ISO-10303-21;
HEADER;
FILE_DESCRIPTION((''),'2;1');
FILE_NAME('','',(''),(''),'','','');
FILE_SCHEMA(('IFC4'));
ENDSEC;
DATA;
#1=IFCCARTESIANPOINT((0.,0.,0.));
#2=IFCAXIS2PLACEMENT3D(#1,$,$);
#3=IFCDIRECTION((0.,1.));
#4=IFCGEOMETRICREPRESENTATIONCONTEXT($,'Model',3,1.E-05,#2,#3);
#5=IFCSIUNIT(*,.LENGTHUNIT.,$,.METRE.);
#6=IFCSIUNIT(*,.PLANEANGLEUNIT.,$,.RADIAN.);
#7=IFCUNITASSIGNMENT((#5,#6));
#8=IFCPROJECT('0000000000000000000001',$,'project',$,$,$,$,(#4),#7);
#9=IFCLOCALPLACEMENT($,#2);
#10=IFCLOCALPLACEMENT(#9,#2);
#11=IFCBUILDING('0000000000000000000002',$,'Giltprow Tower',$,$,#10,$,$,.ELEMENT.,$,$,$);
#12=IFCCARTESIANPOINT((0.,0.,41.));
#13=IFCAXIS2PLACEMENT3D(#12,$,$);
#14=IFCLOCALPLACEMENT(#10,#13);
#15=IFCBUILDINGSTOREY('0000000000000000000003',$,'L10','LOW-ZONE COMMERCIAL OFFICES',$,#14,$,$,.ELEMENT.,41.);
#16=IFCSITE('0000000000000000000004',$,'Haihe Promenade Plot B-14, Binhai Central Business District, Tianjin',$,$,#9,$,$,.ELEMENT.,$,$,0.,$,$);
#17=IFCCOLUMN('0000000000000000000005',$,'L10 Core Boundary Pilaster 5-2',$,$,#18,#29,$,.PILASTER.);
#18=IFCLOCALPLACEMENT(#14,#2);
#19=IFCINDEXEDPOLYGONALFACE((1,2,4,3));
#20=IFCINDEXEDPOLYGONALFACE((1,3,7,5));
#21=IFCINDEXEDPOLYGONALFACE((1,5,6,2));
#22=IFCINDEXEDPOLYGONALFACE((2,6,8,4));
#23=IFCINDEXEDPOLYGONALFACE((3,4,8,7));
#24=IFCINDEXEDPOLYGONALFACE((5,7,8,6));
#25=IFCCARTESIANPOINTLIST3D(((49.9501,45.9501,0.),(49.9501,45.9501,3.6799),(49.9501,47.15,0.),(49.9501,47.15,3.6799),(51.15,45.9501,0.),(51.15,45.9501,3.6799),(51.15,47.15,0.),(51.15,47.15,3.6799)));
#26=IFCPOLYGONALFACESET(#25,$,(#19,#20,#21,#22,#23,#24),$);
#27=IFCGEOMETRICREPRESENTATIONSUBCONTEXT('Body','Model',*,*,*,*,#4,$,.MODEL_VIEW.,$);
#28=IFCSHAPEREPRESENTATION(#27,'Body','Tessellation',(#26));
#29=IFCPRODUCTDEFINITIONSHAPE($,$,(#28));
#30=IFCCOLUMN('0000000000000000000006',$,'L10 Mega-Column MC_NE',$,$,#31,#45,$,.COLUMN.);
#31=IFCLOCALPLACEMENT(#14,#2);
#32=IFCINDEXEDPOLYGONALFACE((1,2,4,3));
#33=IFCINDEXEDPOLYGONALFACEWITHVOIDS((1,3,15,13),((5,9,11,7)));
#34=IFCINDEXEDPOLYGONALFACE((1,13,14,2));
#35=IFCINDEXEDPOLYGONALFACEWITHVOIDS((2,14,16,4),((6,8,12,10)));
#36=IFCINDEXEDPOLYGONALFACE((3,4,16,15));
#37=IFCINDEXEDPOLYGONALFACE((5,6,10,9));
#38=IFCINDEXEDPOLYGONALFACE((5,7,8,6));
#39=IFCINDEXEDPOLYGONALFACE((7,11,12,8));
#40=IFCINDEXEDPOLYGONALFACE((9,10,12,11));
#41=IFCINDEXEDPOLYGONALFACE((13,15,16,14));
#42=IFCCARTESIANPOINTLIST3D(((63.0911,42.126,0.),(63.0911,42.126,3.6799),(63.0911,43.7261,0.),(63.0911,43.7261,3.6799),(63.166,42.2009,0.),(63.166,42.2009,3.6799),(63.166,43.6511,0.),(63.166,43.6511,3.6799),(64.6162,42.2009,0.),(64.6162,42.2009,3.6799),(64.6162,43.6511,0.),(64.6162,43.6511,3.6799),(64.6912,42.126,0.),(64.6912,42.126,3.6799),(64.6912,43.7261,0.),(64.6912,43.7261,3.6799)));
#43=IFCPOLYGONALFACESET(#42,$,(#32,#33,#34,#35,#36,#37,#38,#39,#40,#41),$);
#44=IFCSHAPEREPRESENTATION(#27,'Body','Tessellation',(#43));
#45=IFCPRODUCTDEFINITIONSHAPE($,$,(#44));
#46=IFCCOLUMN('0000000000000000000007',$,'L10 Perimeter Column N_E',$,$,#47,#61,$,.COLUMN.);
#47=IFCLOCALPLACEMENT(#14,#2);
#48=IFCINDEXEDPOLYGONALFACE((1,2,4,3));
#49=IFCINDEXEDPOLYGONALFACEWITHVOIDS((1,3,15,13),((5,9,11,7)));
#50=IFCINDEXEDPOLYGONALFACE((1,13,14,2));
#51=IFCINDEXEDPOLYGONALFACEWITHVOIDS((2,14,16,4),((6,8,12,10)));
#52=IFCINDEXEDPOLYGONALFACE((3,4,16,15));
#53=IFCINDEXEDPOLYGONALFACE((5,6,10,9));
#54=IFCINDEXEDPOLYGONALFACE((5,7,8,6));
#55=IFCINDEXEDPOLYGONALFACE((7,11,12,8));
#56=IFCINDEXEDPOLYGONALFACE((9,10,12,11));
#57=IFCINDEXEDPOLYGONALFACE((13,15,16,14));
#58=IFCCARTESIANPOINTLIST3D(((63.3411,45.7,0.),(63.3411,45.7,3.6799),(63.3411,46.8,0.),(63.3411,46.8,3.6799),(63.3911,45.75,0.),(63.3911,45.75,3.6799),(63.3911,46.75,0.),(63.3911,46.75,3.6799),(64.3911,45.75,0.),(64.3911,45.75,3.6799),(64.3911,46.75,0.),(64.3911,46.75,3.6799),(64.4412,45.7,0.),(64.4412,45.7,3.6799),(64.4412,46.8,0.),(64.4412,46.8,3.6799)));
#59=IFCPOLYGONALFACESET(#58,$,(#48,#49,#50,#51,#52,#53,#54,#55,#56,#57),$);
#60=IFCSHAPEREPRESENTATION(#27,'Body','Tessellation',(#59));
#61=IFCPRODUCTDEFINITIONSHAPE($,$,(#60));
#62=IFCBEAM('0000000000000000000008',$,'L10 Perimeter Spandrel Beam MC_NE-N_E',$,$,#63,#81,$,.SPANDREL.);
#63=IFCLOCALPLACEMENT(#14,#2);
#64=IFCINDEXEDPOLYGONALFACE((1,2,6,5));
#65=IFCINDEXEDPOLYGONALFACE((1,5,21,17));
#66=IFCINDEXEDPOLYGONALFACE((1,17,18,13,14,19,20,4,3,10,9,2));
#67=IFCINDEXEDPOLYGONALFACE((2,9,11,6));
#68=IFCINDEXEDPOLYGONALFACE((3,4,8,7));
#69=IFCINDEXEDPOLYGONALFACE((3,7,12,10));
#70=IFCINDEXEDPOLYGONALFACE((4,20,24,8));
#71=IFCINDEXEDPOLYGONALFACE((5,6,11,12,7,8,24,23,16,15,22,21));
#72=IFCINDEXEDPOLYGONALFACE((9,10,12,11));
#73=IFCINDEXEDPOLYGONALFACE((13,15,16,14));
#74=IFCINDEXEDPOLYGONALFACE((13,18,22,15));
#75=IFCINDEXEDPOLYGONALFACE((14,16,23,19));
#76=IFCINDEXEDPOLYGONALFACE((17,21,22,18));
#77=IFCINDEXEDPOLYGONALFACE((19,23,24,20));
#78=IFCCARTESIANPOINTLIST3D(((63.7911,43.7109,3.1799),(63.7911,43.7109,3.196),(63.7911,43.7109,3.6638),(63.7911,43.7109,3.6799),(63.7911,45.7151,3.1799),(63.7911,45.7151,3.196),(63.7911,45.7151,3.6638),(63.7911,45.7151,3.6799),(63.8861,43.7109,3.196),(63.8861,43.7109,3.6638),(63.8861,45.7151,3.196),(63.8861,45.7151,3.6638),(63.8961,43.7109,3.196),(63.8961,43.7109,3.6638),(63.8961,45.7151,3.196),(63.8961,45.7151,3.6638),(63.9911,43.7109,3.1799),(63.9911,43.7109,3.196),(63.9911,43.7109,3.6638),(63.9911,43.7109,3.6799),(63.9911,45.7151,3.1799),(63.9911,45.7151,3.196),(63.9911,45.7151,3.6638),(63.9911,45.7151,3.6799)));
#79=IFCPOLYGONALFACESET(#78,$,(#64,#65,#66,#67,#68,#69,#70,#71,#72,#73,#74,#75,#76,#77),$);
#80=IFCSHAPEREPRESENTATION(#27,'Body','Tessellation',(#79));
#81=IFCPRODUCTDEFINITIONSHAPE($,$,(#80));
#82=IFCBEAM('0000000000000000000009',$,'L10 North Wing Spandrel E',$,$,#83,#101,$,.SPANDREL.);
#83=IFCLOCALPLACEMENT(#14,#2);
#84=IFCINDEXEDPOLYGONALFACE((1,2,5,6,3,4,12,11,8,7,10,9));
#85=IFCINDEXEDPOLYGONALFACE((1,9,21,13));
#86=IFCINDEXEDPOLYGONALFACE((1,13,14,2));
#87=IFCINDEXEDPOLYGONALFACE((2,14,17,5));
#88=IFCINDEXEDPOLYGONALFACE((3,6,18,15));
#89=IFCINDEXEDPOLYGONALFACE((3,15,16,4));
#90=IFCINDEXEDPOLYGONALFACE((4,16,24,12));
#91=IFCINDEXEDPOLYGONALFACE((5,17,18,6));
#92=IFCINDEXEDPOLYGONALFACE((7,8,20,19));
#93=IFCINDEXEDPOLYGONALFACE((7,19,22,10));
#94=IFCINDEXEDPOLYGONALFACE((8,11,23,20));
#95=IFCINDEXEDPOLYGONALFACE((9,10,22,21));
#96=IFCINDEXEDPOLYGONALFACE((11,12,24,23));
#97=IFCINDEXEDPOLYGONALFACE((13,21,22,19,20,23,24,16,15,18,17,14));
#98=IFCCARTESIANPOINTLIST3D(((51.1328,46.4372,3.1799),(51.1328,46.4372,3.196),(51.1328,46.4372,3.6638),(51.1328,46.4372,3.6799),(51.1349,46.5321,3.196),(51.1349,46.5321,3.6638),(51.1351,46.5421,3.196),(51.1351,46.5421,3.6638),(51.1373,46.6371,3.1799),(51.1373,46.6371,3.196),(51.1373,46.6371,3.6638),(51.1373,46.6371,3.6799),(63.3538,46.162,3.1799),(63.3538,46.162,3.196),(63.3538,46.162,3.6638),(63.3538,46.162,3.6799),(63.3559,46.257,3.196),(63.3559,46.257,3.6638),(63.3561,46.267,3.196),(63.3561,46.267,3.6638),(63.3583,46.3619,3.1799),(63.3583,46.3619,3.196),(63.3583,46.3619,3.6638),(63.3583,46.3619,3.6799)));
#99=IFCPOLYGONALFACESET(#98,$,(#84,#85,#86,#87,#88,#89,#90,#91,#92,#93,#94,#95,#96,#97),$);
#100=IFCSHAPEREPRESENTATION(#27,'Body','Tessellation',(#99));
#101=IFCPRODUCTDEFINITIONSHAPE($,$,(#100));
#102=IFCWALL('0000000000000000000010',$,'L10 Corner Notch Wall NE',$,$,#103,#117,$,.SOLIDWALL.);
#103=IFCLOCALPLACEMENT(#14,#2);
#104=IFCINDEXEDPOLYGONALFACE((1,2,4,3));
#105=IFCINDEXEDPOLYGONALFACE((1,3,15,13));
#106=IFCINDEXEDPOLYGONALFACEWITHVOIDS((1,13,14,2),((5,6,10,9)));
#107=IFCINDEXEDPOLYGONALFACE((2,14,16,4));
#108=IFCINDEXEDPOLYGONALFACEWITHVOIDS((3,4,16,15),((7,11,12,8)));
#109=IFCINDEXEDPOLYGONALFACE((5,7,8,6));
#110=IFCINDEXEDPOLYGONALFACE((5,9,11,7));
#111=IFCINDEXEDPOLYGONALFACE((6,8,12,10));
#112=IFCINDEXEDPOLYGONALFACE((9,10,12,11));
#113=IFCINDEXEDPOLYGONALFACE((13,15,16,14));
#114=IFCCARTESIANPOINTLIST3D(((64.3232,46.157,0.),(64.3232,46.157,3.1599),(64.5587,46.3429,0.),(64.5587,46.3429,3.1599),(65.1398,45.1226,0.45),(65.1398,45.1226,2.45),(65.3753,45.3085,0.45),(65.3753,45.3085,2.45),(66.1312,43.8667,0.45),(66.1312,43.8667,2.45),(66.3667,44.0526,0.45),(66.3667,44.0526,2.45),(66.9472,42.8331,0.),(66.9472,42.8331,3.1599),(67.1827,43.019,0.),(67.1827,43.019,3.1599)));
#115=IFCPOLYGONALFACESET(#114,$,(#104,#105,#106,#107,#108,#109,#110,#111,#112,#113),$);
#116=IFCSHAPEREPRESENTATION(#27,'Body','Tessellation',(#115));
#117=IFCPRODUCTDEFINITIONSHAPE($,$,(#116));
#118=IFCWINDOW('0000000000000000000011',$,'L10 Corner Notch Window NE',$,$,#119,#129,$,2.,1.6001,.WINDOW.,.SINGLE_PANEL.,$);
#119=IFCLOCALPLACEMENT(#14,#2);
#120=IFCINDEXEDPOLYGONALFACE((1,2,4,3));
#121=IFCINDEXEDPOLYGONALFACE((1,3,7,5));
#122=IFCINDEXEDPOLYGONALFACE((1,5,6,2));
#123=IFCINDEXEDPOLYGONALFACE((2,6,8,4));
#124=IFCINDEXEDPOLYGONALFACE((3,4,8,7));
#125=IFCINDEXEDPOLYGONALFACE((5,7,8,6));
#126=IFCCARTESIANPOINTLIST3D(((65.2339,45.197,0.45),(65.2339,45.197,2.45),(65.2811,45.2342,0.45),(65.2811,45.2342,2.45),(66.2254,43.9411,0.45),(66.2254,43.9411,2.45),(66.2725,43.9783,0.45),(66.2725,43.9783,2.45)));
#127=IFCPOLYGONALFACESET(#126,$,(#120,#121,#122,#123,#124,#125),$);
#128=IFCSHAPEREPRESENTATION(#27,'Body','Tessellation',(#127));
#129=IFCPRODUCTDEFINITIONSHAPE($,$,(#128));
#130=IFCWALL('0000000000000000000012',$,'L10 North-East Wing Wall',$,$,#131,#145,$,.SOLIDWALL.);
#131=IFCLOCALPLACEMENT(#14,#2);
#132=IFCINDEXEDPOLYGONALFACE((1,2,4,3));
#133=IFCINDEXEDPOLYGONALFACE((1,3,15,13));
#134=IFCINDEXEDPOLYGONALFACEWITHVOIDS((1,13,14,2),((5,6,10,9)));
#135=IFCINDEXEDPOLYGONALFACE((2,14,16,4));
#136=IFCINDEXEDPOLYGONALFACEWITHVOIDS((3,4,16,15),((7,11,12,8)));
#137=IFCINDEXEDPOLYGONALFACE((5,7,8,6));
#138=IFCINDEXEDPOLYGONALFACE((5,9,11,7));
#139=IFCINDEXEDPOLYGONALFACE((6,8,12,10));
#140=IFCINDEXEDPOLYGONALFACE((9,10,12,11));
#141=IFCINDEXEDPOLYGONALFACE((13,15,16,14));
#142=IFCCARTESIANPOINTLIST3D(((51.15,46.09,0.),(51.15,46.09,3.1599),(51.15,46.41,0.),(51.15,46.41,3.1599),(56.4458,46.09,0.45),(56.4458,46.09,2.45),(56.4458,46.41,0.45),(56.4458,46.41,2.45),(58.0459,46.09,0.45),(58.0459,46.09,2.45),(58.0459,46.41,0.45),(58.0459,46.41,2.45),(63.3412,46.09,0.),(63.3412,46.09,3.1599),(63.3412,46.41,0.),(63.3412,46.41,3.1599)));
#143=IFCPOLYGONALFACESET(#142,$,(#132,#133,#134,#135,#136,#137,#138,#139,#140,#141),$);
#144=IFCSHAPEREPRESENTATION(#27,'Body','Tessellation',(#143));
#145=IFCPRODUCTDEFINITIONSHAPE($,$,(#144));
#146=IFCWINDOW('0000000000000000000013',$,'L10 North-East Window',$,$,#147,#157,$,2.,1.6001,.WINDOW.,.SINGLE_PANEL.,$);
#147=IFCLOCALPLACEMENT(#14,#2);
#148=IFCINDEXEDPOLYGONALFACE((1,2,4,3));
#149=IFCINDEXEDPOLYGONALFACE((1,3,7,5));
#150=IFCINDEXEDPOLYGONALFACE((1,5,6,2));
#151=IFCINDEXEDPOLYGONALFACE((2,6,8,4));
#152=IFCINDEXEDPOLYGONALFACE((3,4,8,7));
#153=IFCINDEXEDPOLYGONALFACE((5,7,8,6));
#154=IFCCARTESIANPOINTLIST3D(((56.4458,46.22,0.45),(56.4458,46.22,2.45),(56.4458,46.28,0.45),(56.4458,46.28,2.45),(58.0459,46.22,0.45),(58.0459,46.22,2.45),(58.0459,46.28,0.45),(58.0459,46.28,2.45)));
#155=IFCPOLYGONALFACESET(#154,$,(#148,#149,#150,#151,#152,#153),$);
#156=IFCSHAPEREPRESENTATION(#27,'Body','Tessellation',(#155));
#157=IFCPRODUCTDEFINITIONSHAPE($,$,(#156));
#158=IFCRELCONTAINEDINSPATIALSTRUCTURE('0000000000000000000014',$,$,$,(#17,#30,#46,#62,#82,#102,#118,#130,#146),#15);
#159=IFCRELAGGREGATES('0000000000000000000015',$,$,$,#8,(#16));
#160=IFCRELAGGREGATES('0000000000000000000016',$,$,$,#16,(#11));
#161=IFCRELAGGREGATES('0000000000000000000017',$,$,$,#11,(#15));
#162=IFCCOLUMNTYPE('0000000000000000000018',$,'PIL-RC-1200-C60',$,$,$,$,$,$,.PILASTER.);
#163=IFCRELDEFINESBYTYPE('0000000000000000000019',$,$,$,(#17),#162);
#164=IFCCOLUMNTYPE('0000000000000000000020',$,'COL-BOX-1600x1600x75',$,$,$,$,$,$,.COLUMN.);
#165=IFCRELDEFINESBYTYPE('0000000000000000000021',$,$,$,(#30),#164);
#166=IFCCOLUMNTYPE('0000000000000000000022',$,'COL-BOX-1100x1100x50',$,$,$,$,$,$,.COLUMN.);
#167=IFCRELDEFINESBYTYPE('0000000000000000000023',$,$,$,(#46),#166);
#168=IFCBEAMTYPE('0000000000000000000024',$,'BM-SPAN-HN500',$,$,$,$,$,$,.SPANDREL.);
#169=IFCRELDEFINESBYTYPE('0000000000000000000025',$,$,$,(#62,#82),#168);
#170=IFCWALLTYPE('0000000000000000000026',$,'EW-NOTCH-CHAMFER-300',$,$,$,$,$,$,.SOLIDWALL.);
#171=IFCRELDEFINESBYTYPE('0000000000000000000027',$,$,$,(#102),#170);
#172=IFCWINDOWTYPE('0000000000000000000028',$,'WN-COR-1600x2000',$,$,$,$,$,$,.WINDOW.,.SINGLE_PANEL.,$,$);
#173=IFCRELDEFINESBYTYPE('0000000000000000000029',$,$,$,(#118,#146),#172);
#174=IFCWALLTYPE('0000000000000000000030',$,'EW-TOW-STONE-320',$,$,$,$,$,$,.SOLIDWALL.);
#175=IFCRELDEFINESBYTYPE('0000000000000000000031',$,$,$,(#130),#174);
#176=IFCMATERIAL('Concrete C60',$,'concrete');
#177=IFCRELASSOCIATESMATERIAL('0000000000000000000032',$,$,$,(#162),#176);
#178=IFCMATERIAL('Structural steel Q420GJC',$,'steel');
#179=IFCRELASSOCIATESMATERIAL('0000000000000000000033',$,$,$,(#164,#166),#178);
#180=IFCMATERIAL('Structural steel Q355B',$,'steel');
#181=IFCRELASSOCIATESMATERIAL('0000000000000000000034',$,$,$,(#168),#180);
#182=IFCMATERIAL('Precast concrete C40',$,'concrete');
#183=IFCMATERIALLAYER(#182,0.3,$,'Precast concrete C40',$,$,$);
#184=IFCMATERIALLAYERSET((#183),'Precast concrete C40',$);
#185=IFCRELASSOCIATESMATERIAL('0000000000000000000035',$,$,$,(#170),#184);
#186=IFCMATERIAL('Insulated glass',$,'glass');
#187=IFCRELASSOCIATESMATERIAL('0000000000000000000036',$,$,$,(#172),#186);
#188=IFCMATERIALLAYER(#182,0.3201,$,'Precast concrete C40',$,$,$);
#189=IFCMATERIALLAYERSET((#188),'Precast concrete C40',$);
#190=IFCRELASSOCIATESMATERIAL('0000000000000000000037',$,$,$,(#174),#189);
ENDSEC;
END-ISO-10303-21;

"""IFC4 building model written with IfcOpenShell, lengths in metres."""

from ifc_helpers import new_model, si_unit, direction, frame, frame_2d, origin, origin_2d, place, context, subcontext, project, spatial, rectangle, hollow_rectangle, i_section, extrude, source, transform, mapped, material, layer, layer_set, material_profile, profile_set, type_object, element, fill, save


model = new_model("IFC4")

# Units and contexts
model_context = context("Model", 3, precision=1e-05, world=origin(), true_north=direction((0.0, 1.0)))
body_context = subcontext(model_context, "Body", "Model", "MODEL_VIEW")
ifc_project = project(units=[si_unit("LENGTHUNIT", "METRE"), si_unit("PLANEANGLEUNIT", "RADIAN")], contexts=[model_context])

# Site, building, storey
site_placement = place(None, origin())
site = spatial("IfcSite", under=ifc_project, at=site_placement, Name="Haihe Promenade Plot B-14, Binhai Central Business District, Tianjin", CompositionType="ELEMENT", RefElevation=0.0)
building_placement = place(site_placement, origin())
building = spatial("IfcBuilding", under=site, at=building_placement, Name="Giltprow Tower", CompositionType="ELEMENT")
storey_placement = place(building_placement, frame((0.0, 0.0, 41.0)))
storey = spatial("IfcBuildingStorey", under=building, at=storey_placement, Name="L10", Description="LOW-ZONE COMMERCIAL OFFICES", CompositionType="ELEMENT", Elevation=41.0)

# Columns
ifc_material_1 = material(Name="Concrete C60", Category="concrete")
ifc_material_profile_1 = material_profile(ifc_material_1, rectangle(XDim=1.2, YDim=1.2, at=origin_2d()), Name="RC 1200x1200")
ifc_profile_set_1 = profile_set([ifc_material_profile_1], Name="Concrete C60")
column_type_1 = type_object("IfcColumnType", Name="PIL-RC-1200-C60", PredefinedType="PILASTER", material=ifc_profile_set_1)
shared_shape_1 = source(origin(), body_context, "Body", "SweptSolid", [
    extrude(rectangle(XDim=1.2, YDim=1.2, at=origin_2d()), origin(), (0.0, 0.0, 1.0), 3.6799),
])
column_1_placement = place(storey_placement, frame((50.55, 46.55, 0.0), z_axis=(0.0, 0.0, 1.0), x_axis=(1.0, 0.0, 0.0)))
element("IfcColumn", 1, at=column_1_placement, inside=storey, type_object=column_type_1, Name="L10 Core Boundary Pilaster 5-2", PredefinedType="PILASTER", context=body_context, shape_type="MappedRepresentation", body=[
    mapped(shared_shape_1, transform((0.0, 0.0, 0.0), x_axis=(1.0, 0.0, 0.0), y_axis=(0.0, 1.0, 0.0), z_axis=(0.0, 0.0, 1.0), scale=1.0)),
])
ifc_material_2 = material(Name="Structural steel Q420GJC", Category="steel")
ifc_material_profile_2 = material_profile(ifc_material_2, hollow_rectangle(XDim=1.6001, YDim=1.6001, WallThickness=0.075, at=origin_2d()), Name="BOX 1600x1600x75")
ifc_profile_set_2 = profile_set([ifc_material_profile_2], Name="Structural steel Q420GJC")
column_type_2 = type_object("IfcColumnType", Name="COL-BOX-1600x1600x75", PredefinedType="COLUMN", material=ifc_profile_set_2)
shared_shape_2 = source(origin(), body_context, "Body", "SweptSolid", [
    extrude(hollow_rectangle(XDim=1.6001, YDim=1.6001, WallThickness=0.075, at=origin_2d()), origin(), (0.0, 0.0, 1.0), 3.6799),
])
column_2_placement = place(storey_placement, frame((63.8911, 42.926, 0.0), z_axis=(0.0, 0.0, 1.0), x_axis=(1.0, 0.0, 0.0)))
element("IfcColumn", 2, at=column_2_placement, inside=storey, type_object=column_type_2, Name="L10 Mega-Column MC_NE", PredefinedType="COLUMN", context=body_context, shape_type="MappedRepresentation", body=[
    mapped(shared_shape_2, transform((0.0, 0.0, 0.0), x_axis=(1.0, 0.0, 0.0), y_axis=(0.0, 1.0, 0.0), z_axis=(0.0, 0.0, 1.0), scale=1.0)),
])
ifc_material_profile_3 = material_profile(ifc_material_2, hollow_rectangle(XDim=1.1001, YDim=1.1001, WallThickness=0.05, at=origin_2d()), Name="BOX 1100x1100x50")
ifc_profile_set_3 = profile_set([ifc_material_profile_3], Name="Structural steel Q420GJC")
column_type_3 = type_object("IfcColumnType", Name="COL-BOX-1100x1100x50", PredefinedType="COLUMN", material=ifc_profile_set_3)
shared_shape_3 = source(origin(), body_context, "Body", "SweptSolid", [
    extrude(hollow_rectangle(XDim=1.1001, YDim=1.1001, WallThickness=0.05, at=origin_2d()), origin(), (0.0, 0.0, 1.0), 3.6799),
])
column_3_placement = place(storey_placement, frame((63.8911, 46.25, 0.0), z_axis=(0.0, 0.0, 1.0), x_axis=(1.0, 0.0, 0.0)))
element("IfcColumn", 3, at=column_3_placement, inside=storey, type_object=column_type_3, Name="L10 Perimeter Column N_E", PredefinedType="COLUMN", context=body_context, shape_type="MappedRepresentation", body=[
    mapped(shared_shape_3, transform((0.0, 0.0, 0.0), x_axis=(1.0, 0.0, 0.0), y_axis=(0.0, 1.0, 0.0), z_axis=(0.0, 0.0, 1.0), scale=1.0)),
])

# Beams
ifc_material_3 = material(Name="Structural steel Q355B", Category="steel")
ifc_material_profile_4 = material_profile(ifc_material_3, i_section(OverallWidth=0.2, OverallDepth=0.5, WebThickness=0.01, FlangeThickness=0.0161, at=origin_2d()), Name="HN 500x200x10x16")
ifc_profile_set_4 = profile_set([ifc_material_profile_4], Name="Structural steel Q355B")
beam_type = type_object("IfcBeamType", Name="BM-SPAN-HN500", PredefinedType="SPANDREL", material=ifc_profile_set_4)
shared_shape_4 = source(origin(), body_context, "Body", "SweptSolid", [
    extrude(i_section(OverallWidth=0.2, OverallDepth=0.5, WebThickness=0.01, FlangeThickness=0.0161, at=origin_2d()), origin(), (0.0, 0.0, 1.0), 2.0042),
])
beam_1_placement = place(storey_placement, frame((63.8911, 43.7109, 3.4299), z_axis=(0.0, 1.0, 0.0), x_axis=(-1.0, 0.0, 0.0)))
element("IfcBeam", 4, at=beam_1_placement, inside=storey, type_object=beam_type, Name="L10 Perimeter Spandrel Beam MC_NE-N_E", PredefinedType="SPANDREL", context=body_context, shape_type="MappedRepresentation", body=[
    mapped(shared_shape_4, transform((0.0, 0.0, 0.0), x_axis=(1.0, 0.0, 0.0), y_axis=(0.0, 1.0, 0.0), z_axis=(0.0, 0.0, 1.0), scale=1.0)),
])
shared_shape_5 = source(origin(), body_context, "Body", "SweptSolid", [
    extrude(i_section(OverallWidth=0.2, OverallDepth=0.5, WebThickness=0.01, FlangeThickness=0.0161, at=origin_2d()), origin(), (0.0, 0.0, 1.0), 12.2241),
])
beam_2_placement = place(storey_placement, frame((51.135, 46.5371, 3.4299), z_axis=(0.999747, -0.022509, 0.0), x_axis=(0.022509, 0.999747, 0.0)))
element("IfcBeam", 5, at=beam_2_placement, inside=storey, type_object=beam_type, Name="L10 North Wing Spandrel E", PredefinedType="SPANDREL", context=body_context, shape_type="MappedRepresentation", body=[
    mapped(shared_shape_5, transform((0.0, 0.0, 0.0), x_axis=(1.0, 0.0, 0.0), y_axis=(0.0, 1.0, 0.0), z_axis=(0.0, 0.0, 1.0), scale=1.0)),
])

# Walls, openings, windows
ifc_material_4 = material(Name="Precast concrete C40", Category="concrete")
ifc_layer_1 = layer(ifc_material_4, 0.3, Name="Precast concrete C40")
ifc_layer_set_1 = layer_set([ifc_layer_1], Name="Precast concrete C40")
wall_type_1 = type_object("IfcWallType", Name="EW-NOTCH-CHAMFER-300", PredefinedType="SOLIDWALL", material=ifc_layer_set_1)
wall_1_placement = place(storey_placement, frame((67.0649, 42.926, 0.0), z_axis=(0.0, 0.0, 1.0), x_axis=(-0.61962, 0.784902, 0.0)))
wall_1 = element("IfcWall", 6, at=wall_1_placement, inside=storey, type_object=wall_type_1, Name="L10 Corner Notch Wall NE", PredefinedType="SOLIDWALL", context=body_context, shape_type="SweptSolid", body=[
    extrude(rectangle(XDim=4.2349, YDim=0.3, at=frame_2d((2.1174, 0.0))), origin(), (0.0, 0.0, 1.0), 3.1599),
])
opening_1_placement = place(wall_1_placement, frame((1.3169, 0.0, 0.45)))
opening_1 = element("IfcOpeningElement", 7, at=opening_1_placement, cuts=wall_1, PredefinedType="OPENING", context=body_context, shape_type="SweptSolid", body=[
    extrude(rectangle(XDim=1.6001, YDim=2.0, at=frame_2d((0.8, 1.0))), frame((0.0, 0.1599, 0.0), z_axis=(0.0, -1.0, 0.0), x_axis=(1.0, 0.0, 0.0)), (0.0, 0.0, 1.0), 0.3201),
])
ifc_material_5 = material(Name="Insulated glass", Category="glass")
window_type = type_object("IfcWindowType", Name="WN-COR-1600x2000", PartitioningType="SINGLE_PANEL", PredefinedType="WINDOW", material=ifc_material_5)
shared_shape_6 = source(origin(), body_context, "Body", "SweptSolid", [
    extrude(rectangle(XDim=1.6001, YDim=2.0, at=frame_2d((0.8, 1.0))), frame((0.0, 0.03, 0.0), z_axis=(0.0, -1.0, 0.0), x_axis=(1.0, 0.0, 0.0)), (0.0, 0.0, 1.0), 0.0601),
])
window_1_placement = place(opening_1_placement, origin())
window_1 = element("IfcWindow", 8, at=window_1_placement, inside=storey, type_object=window_type, Name="L10 Corner Notch Window NE", OverallHeight=2.0, OverallWidth=1.6001, PartitioningType="SINGLE_PANEL", PredefinedType="WINDOW", context=body_context, shape_type="MappedRepresentation", body=[
    mapped(shared_shape_6, transform((0.0, 0.0, 0.0), x_axis=(1.0, 0.0, 0.0), y_axis=(0.0, 1.0, 0.0), z_axis=(0.0, 0.0, 1.0), scale=1.0)),
])
fill(opening_1, window_1)
ifc_layer_2 = layer(ifc_material_4, 0.3201, Name="Precast concrete C40")
ifc_layer_set_2 = layer_set([ifc_layer_2], Name="Precast concrete C40")
wall_type_2 = type_object("IfcWallType", Name="EW-TOW-STONE-320", PredefinedType="SOLIDWALL", material=ifc_layer_set_2)
wall_2_placement = place(storey_placement, frame((51.1499, 46.25, 0.0), z_axis=(0.0, 0.0, 1.0), x_axis=(1.0, 0.0, 0.0)))
wall_2 = element("IfcWall", 9, at=wall_2_placement, inside=storey, type_object=wall_type_2, Name="L10 North-East Wing Wall", PredefinedType="SOLIDWALL", context=body_context, shape_type="SweptSolid", body=[
    extrude(rectangle(XDim=12.1912, YDim=0.3201, at=frame_2d((6.0957, 0.0))), origin(), (0.0, 0.0, 1.0), 3.1599),
])
opening_2_placement = place(wall_2_placement, frame((5.2959, 0.0, 0.45)))
opening_2 = element("IfcOpeningElement", 10, at=opening_2_placement, cuts=wall_2, PredefinedType="OPENING", context=body_context, shape_type="SweptSolid", body=[
    extrude(rectangle(XDim=1.6001, YDim=2.0, at=frame_2d((0.8, 1.0))), frame((0.0, 0.1699, 0.0), z_axis=(0.0, -1.0, 0.0), x_axis=(1.0, 0.0, 0.0)), (0.0, 0.0, 1.0), 0.3401),
])
window_2_placement = place(opening_2_placement, origin())
window_2 = element("IfcWindow", 11, at=window_2_placement, inside=storey, type_object=window_type, Name="L10 North-East Window", OverallHeight=2.0, OverallWidth=1.6001, PartitioningType="SINGLE_PANEL", PredefinedType="WINDOW", context=body_context, shape_type="MappedRepresentation", body=[
    mapped(shared_shape_6, transform((0.0, 0.0, 0.0), x_axis=(1.0, 0.0, 0.0), y_axis=(0.0, 1.0, 0.0), z_axis=(0.0, 0.0, 1.0), scale=1.0)),
])
fill(opening_2, window_2)

save(model, "model.ifc")
